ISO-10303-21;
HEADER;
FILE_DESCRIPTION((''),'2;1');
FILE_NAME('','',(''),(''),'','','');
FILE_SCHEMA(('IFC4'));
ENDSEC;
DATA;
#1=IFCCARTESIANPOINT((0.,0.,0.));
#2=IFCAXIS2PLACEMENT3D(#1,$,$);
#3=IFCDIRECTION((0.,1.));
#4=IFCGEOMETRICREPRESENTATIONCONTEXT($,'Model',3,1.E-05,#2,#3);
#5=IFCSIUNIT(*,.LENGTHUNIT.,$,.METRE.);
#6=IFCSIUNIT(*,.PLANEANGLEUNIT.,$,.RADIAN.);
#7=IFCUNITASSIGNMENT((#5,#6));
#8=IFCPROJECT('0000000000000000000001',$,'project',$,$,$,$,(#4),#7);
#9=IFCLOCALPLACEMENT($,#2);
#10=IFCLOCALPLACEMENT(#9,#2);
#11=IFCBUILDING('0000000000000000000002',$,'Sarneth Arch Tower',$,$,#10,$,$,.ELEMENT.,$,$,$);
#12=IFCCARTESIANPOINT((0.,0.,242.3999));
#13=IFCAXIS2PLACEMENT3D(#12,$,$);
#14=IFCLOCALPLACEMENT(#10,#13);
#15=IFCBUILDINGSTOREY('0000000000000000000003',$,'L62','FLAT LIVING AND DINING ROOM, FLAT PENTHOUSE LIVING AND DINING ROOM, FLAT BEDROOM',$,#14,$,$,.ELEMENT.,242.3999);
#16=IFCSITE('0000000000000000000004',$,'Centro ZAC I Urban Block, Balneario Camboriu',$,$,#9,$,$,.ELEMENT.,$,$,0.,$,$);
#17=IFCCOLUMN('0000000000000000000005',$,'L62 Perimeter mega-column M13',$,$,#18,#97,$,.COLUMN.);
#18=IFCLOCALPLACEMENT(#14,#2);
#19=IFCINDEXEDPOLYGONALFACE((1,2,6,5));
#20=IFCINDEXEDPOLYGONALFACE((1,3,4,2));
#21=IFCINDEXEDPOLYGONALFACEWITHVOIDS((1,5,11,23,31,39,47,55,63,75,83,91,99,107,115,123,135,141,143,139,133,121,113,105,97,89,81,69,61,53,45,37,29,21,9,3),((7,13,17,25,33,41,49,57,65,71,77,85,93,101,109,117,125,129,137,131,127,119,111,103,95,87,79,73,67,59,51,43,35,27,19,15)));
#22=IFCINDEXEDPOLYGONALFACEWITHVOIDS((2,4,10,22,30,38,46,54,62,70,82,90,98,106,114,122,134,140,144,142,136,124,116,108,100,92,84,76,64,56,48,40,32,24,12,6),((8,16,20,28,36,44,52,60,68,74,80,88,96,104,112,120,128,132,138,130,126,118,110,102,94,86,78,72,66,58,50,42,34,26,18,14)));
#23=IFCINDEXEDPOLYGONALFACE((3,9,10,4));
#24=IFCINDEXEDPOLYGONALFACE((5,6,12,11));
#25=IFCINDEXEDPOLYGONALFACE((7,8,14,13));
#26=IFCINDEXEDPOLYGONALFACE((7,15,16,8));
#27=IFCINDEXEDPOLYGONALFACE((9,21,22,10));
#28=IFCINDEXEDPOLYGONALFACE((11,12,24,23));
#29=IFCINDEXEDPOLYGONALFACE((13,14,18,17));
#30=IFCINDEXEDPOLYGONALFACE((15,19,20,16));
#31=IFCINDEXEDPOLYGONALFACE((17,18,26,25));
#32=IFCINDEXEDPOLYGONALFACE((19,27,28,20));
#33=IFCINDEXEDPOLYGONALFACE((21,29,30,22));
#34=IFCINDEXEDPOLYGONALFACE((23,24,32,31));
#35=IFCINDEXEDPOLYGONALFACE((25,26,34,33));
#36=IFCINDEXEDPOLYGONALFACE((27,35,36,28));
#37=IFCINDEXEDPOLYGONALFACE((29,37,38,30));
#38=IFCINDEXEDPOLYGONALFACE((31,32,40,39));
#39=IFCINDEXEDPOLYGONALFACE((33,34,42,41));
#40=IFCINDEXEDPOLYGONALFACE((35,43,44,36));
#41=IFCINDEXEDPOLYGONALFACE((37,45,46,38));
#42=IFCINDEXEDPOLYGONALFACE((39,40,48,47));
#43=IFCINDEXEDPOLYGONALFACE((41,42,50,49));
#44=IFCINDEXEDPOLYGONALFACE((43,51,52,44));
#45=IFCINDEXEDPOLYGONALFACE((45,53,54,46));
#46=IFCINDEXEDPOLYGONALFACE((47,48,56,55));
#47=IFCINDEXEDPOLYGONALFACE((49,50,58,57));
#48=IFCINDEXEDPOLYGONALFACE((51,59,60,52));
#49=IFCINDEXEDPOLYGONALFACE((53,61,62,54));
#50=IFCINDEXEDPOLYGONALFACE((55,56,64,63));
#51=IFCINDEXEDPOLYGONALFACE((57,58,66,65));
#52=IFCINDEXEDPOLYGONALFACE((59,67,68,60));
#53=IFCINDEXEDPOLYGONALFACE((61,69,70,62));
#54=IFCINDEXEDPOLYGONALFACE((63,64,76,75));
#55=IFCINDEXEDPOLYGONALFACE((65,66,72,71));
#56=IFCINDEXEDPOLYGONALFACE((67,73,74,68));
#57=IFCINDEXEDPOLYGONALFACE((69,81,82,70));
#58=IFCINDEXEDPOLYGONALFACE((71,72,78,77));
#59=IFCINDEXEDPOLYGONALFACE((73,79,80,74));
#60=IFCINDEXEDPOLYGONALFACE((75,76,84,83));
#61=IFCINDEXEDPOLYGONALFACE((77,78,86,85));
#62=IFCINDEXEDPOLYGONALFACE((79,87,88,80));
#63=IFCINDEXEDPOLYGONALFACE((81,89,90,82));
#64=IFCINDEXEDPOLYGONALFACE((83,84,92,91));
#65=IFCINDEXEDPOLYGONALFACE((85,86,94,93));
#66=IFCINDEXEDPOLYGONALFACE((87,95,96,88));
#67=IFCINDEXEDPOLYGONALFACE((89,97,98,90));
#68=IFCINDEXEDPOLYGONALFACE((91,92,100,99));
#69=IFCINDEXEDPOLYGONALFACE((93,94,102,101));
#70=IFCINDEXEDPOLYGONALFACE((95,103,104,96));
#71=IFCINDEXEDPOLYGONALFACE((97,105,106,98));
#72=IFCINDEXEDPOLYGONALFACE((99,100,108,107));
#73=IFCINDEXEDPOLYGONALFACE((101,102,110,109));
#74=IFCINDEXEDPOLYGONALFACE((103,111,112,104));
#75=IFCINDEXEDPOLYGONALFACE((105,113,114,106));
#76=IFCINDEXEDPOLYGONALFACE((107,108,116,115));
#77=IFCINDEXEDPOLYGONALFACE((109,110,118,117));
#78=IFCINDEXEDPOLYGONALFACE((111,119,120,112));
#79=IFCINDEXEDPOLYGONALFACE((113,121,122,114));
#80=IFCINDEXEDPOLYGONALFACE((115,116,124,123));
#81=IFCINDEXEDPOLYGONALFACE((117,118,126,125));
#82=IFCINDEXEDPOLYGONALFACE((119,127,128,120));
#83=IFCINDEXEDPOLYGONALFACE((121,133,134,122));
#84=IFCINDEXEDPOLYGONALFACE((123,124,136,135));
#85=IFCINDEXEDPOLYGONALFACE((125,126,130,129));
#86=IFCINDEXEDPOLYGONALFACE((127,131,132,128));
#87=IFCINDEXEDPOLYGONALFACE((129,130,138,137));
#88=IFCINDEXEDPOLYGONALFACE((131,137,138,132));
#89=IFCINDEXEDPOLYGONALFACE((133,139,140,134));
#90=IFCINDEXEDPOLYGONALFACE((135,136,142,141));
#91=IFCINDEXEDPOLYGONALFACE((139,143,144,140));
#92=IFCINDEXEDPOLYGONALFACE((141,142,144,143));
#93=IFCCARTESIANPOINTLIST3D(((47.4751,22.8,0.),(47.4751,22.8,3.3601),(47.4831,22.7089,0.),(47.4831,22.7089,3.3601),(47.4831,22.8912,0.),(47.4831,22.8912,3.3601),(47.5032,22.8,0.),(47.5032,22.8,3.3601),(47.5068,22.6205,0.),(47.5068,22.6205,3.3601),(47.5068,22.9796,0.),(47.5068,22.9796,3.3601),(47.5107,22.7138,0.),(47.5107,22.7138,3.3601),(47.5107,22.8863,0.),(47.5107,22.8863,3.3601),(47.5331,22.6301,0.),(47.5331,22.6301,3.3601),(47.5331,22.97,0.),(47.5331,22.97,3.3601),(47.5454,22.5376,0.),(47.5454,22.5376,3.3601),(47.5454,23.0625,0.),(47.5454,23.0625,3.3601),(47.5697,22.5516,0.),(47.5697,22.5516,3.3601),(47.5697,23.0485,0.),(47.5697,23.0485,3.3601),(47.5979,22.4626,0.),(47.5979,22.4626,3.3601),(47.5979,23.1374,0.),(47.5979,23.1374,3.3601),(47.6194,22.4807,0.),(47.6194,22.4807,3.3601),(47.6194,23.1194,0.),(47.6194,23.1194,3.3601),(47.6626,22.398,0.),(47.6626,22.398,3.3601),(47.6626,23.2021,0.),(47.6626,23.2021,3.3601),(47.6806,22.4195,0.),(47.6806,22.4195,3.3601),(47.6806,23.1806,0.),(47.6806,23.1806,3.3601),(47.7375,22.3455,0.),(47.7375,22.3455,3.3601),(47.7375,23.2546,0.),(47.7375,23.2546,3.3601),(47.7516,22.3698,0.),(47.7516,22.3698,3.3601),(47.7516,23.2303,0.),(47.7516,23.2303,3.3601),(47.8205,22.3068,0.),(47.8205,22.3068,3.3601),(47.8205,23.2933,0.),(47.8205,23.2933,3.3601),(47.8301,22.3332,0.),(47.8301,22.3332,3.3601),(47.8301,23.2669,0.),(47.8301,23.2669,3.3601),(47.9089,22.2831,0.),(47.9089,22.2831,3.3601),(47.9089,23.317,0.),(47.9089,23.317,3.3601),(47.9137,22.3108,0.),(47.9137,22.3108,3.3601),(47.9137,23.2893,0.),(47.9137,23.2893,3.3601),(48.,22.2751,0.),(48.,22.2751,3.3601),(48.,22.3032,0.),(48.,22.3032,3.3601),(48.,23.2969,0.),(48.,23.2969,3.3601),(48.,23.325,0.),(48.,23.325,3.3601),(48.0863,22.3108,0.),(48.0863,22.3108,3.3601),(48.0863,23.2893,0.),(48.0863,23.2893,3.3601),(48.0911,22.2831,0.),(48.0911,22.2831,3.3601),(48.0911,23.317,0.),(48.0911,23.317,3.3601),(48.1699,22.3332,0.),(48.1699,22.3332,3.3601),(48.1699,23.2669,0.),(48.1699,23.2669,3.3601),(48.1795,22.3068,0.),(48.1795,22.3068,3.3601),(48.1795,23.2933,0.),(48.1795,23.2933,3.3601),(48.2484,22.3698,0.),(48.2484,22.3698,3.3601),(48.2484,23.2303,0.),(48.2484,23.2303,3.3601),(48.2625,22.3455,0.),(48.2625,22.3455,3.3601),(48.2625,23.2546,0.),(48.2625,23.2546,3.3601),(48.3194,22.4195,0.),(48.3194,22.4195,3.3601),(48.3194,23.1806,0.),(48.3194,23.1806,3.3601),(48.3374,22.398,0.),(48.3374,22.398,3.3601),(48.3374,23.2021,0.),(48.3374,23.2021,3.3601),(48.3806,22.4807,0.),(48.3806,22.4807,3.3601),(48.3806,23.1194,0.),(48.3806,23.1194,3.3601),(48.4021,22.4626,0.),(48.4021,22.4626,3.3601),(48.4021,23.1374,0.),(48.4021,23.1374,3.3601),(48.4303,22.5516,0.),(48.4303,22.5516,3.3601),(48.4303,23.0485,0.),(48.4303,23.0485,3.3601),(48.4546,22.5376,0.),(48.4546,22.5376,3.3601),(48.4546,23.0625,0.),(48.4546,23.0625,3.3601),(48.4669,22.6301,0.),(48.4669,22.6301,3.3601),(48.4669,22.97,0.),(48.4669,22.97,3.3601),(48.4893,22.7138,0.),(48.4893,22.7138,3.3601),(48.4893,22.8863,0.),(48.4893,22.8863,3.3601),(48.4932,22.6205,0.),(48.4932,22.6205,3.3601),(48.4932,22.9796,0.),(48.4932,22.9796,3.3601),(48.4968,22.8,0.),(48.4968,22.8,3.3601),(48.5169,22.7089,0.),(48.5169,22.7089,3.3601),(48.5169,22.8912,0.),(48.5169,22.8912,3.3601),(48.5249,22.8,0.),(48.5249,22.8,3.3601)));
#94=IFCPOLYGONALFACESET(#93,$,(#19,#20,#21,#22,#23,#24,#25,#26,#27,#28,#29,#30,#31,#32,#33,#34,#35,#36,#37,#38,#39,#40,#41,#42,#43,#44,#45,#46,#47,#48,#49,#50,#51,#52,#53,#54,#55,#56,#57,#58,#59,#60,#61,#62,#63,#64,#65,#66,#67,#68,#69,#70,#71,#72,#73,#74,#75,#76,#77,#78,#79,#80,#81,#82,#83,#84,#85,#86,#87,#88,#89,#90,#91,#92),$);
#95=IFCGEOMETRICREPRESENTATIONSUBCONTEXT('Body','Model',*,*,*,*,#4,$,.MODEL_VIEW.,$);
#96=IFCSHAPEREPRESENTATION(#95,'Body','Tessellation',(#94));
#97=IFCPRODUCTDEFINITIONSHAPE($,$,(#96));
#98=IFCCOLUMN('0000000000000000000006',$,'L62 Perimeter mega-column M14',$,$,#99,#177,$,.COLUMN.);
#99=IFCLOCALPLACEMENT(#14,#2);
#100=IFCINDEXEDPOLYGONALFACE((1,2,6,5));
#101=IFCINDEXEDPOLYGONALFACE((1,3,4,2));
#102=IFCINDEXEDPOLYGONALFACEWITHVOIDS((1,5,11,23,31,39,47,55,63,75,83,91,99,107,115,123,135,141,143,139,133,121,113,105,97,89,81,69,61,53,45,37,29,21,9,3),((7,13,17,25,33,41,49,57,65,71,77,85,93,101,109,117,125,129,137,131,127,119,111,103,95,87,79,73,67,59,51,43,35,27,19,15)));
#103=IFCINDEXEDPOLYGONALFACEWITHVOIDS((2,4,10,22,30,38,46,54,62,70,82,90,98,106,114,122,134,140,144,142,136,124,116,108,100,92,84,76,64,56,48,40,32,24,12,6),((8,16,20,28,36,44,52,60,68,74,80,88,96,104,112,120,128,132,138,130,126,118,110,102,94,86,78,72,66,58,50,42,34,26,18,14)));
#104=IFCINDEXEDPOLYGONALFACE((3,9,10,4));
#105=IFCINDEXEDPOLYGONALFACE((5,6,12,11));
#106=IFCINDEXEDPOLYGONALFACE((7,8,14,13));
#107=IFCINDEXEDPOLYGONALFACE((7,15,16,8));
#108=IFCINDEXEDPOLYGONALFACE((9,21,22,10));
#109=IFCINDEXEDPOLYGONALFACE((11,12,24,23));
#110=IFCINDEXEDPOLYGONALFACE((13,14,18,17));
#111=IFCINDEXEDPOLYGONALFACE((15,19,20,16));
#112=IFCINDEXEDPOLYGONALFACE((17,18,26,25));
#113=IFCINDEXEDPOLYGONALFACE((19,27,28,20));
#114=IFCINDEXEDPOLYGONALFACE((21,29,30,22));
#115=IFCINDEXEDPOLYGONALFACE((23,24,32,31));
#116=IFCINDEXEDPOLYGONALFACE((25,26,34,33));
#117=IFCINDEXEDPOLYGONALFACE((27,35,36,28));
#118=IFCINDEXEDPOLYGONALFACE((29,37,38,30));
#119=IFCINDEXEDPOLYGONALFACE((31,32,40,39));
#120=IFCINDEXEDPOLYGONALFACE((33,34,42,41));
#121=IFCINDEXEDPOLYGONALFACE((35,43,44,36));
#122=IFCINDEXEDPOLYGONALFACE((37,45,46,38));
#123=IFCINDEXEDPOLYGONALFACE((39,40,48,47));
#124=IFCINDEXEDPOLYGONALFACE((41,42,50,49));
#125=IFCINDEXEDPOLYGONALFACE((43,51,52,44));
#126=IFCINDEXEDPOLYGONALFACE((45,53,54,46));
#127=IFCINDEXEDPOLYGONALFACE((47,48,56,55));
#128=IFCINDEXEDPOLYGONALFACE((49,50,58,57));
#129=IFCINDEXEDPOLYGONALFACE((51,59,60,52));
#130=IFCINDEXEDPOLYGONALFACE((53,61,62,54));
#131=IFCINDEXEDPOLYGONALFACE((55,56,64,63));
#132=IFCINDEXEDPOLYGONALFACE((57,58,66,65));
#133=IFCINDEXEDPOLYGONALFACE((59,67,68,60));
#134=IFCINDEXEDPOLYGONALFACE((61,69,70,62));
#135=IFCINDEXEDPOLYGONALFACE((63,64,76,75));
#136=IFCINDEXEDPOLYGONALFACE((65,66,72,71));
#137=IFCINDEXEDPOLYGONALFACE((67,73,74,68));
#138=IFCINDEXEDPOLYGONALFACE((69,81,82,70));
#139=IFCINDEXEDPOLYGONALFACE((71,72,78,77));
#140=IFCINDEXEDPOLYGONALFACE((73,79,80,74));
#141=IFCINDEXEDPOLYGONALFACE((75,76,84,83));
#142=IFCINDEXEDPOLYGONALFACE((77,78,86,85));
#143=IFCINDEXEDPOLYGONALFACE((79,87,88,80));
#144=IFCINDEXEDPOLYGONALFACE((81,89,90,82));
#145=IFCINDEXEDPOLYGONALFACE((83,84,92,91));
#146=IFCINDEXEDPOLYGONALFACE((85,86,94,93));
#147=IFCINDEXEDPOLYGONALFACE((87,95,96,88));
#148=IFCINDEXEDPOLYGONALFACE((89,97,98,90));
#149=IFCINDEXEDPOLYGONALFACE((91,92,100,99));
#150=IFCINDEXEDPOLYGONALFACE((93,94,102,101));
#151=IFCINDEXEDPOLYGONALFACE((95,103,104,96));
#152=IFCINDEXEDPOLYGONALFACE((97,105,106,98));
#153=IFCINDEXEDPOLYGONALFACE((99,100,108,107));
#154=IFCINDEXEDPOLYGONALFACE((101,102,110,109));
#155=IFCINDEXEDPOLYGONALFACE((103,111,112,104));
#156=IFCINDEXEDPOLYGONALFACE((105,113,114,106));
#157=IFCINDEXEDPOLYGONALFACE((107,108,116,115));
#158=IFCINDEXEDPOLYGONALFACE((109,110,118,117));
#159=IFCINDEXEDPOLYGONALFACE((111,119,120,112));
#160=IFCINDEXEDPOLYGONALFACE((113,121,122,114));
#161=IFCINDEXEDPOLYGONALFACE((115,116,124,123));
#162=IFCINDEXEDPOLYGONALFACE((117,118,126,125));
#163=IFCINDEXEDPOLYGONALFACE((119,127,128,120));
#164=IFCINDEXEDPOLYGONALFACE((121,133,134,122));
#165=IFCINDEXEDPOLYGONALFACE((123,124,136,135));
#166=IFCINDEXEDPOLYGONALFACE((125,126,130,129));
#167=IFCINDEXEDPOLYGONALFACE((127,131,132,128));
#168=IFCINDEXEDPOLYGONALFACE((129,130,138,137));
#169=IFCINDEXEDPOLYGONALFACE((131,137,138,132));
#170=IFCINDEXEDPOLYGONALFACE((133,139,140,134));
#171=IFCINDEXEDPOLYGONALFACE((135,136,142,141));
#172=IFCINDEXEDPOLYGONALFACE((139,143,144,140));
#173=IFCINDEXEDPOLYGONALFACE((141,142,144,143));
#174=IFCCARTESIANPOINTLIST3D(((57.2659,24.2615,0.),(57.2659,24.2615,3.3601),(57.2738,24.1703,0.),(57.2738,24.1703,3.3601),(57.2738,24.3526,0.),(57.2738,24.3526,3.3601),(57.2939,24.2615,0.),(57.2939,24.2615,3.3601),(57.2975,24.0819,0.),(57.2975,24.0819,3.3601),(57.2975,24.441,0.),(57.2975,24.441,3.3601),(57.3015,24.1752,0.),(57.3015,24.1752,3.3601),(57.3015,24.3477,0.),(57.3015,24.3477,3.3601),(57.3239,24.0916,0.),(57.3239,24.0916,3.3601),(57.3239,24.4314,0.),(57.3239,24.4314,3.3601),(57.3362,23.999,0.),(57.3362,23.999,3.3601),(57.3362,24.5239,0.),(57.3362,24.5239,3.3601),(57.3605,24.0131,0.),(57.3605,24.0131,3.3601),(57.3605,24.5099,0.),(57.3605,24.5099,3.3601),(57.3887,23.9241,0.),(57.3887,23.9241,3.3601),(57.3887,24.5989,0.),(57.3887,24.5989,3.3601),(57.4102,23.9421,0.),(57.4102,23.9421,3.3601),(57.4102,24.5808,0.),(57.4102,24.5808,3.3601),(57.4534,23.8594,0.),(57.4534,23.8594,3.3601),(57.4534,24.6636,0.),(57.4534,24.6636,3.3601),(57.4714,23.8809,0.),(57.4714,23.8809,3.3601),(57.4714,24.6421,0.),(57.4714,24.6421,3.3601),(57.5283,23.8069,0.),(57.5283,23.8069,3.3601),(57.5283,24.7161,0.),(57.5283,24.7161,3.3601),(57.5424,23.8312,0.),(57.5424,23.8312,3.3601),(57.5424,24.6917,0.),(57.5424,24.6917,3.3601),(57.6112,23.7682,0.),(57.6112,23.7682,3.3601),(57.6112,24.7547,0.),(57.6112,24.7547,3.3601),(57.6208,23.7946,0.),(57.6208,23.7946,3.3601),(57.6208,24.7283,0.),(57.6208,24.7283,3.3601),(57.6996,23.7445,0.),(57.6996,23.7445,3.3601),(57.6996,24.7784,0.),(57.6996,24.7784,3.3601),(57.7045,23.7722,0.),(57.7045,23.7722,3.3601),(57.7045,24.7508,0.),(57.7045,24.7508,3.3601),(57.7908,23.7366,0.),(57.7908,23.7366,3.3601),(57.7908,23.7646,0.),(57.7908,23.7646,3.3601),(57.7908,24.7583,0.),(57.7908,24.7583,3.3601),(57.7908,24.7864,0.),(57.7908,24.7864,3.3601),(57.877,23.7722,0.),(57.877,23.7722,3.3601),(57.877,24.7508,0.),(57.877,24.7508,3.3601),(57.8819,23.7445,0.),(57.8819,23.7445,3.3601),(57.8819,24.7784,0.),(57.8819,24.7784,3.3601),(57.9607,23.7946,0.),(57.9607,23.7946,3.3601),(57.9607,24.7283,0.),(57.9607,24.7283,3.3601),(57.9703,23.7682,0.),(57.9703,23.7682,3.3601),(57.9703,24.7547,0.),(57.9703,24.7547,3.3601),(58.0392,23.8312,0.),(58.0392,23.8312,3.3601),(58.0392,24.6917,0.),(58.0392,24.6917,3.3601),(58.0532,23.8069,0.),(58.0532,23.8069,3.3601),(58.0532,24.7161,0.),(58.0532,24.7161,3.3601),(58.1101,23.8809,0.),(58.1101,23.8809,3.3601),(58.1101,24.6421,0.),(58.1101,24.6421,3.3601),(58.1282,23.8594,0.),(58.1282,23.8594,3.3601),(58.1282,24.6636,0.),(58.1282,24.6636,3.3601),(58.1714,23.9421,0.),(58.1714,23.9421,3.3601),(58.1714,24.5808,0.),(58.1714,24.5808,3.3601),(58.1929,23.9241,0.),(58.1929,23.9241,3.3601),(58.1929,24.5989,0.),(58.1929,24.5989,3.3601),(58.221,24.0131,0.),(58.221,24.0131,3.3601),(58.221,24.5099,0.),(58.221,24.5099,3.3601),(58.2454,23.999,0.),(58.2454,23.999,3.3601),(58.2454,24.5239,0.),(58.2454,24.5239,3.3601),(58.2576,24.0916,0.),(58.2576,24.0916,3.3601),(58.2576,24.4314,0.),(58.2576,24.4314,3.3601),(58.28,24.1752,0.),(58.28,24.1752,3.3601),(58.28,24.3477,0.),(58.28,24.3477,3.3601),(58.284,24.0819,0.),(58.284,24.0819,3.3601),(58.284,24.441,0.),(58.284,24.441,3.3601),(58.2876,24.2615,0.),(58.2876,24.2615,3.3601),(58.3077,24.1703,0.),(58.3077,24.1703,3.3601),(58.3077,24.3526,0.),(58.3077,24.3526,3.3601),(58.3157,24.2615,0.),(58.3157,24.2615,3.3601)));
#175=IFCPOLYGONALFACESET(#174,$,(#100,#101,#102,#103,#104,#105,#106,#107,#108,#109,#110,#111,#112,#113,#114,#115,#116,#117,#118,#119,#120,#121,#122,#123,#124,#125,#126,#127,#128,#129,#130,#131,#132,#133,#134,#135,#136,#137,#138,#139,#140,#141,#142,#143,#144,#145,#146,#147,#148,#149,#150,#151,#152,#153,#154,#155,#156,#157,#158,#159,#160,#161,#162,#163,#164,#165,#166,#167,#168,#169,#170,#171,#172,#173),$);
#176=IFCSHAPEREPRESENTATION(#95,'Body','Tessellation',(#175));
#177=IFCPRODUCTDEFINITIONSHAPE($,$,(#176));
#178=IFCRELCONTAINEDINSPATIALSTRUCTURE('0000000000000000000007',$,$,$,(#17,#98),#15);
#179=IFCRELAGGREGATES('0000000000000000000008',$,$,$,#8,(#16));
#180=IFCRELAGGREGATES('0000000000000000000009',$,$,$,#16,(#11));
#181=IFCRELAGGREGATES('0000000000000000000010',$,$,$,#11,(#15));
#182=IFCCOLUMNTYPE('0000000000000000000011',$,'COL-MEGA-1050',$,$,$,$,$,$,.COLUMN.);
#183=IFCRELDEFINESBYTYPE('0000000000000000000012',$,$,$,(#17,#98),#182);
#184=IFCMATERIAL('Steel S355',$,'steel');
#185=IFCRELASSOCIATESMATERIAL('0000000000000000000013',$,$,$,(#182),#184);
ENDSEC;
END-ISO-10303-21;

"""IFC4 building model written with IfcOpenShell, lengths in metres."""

from ifc_helpers import new_model, si_unit, direction, frame, origin, origin_2d, place, context, subcontext, project, spatial, hollow_circle, extrude, material, material_profile, profile_set, type_object, element, save


model = new_model("IFC4")

# Units and contexts
model_context = context("Model", 3, precision=1e-05, world=origin(), true_north=direction((0.0, 1.0)))
body_context = subcontext(model_context, "Body", "Model", "MODEL_VIEW")
ifc_project = project(units=[si_unit("LENGTHUNIT", "METRE"), si_unit("PLANEANGLEUNIT", "RADIAN")], contexts=[model_context])

# Site, building, storey
site_placement = place(None, origin())
site = spatial("IfcSite", under=ifc_project, at=site_placement, Name="Centro ZAC I Urban Block, Balneario Camboriu", CompositionType="ELEMENT", RefElevation=0.0)
building_placement = place(site_placement, origin())
building = spatial("IfcBuilding", under=site, at=building_placement, Name="Sarneth Arch Tower", CompositionType="ELEMENT")
storey_placement = place(building_placement, frame((0.0, 0.0, 242.3999)))
storey = spatial("IfcBuildingStorey", under=building, at=storey_placement, Name="L62", Description="FLAT LIVING AND DINING ROOM, FLAT PENTHOUSE LIVING AND DINING ROOM, FLAT BEDROOM", CompositionType="ELEMENT", Elevation=242.3999)

# Columns
ifc_material_1 = material(Name="Steel S355", Category="steel")
ifc_material_profile_1 = material_profile(ifc_material_1, hollow_circle(Radius=0.5249, WallThickness=0.0281, at=origin_2d()), Name="CHS1050x28")
ifc_profile_set_1 = profile_set([ifc_material_profile_1], Name="Steel S355")
column_type = type_object("IfcColumnType", Name="COL-MEGA-1050", PredefinedType="COLUMN", material=ifc_profile_set_1)
for number, where, z_axis, x_axis, name in (
    (1, (48.0, 22.8, 0.0), (0.0, 0.0, 1.0), (1.0, 0.0, 0.0), "L62 Perimeter mega-column M13"),
    (2, (57.7908, 24.2615, 0.0), (0.0, 0.0, 1.0), (1.0, 0.0, 0.0), "L62 Perimeter mega-column M14"),
):
    element("IfcColumn", number, at=place(storey_placement, frame(where, z_axis=z_axis, x_axis=x_axis)), inside=storey, type_object=column_type, Name=name, PredefinedType="COLUMN", context=body_context, shape_type="SweptSolid", body=[
        extrude(hollow_circle(Radius=0.5249, WallThickness=0.0281, at=origin_2d()), origin(), (0.0, 0.0, 1.0), 3.3601),
    ])

save(model, "model.ifc")
